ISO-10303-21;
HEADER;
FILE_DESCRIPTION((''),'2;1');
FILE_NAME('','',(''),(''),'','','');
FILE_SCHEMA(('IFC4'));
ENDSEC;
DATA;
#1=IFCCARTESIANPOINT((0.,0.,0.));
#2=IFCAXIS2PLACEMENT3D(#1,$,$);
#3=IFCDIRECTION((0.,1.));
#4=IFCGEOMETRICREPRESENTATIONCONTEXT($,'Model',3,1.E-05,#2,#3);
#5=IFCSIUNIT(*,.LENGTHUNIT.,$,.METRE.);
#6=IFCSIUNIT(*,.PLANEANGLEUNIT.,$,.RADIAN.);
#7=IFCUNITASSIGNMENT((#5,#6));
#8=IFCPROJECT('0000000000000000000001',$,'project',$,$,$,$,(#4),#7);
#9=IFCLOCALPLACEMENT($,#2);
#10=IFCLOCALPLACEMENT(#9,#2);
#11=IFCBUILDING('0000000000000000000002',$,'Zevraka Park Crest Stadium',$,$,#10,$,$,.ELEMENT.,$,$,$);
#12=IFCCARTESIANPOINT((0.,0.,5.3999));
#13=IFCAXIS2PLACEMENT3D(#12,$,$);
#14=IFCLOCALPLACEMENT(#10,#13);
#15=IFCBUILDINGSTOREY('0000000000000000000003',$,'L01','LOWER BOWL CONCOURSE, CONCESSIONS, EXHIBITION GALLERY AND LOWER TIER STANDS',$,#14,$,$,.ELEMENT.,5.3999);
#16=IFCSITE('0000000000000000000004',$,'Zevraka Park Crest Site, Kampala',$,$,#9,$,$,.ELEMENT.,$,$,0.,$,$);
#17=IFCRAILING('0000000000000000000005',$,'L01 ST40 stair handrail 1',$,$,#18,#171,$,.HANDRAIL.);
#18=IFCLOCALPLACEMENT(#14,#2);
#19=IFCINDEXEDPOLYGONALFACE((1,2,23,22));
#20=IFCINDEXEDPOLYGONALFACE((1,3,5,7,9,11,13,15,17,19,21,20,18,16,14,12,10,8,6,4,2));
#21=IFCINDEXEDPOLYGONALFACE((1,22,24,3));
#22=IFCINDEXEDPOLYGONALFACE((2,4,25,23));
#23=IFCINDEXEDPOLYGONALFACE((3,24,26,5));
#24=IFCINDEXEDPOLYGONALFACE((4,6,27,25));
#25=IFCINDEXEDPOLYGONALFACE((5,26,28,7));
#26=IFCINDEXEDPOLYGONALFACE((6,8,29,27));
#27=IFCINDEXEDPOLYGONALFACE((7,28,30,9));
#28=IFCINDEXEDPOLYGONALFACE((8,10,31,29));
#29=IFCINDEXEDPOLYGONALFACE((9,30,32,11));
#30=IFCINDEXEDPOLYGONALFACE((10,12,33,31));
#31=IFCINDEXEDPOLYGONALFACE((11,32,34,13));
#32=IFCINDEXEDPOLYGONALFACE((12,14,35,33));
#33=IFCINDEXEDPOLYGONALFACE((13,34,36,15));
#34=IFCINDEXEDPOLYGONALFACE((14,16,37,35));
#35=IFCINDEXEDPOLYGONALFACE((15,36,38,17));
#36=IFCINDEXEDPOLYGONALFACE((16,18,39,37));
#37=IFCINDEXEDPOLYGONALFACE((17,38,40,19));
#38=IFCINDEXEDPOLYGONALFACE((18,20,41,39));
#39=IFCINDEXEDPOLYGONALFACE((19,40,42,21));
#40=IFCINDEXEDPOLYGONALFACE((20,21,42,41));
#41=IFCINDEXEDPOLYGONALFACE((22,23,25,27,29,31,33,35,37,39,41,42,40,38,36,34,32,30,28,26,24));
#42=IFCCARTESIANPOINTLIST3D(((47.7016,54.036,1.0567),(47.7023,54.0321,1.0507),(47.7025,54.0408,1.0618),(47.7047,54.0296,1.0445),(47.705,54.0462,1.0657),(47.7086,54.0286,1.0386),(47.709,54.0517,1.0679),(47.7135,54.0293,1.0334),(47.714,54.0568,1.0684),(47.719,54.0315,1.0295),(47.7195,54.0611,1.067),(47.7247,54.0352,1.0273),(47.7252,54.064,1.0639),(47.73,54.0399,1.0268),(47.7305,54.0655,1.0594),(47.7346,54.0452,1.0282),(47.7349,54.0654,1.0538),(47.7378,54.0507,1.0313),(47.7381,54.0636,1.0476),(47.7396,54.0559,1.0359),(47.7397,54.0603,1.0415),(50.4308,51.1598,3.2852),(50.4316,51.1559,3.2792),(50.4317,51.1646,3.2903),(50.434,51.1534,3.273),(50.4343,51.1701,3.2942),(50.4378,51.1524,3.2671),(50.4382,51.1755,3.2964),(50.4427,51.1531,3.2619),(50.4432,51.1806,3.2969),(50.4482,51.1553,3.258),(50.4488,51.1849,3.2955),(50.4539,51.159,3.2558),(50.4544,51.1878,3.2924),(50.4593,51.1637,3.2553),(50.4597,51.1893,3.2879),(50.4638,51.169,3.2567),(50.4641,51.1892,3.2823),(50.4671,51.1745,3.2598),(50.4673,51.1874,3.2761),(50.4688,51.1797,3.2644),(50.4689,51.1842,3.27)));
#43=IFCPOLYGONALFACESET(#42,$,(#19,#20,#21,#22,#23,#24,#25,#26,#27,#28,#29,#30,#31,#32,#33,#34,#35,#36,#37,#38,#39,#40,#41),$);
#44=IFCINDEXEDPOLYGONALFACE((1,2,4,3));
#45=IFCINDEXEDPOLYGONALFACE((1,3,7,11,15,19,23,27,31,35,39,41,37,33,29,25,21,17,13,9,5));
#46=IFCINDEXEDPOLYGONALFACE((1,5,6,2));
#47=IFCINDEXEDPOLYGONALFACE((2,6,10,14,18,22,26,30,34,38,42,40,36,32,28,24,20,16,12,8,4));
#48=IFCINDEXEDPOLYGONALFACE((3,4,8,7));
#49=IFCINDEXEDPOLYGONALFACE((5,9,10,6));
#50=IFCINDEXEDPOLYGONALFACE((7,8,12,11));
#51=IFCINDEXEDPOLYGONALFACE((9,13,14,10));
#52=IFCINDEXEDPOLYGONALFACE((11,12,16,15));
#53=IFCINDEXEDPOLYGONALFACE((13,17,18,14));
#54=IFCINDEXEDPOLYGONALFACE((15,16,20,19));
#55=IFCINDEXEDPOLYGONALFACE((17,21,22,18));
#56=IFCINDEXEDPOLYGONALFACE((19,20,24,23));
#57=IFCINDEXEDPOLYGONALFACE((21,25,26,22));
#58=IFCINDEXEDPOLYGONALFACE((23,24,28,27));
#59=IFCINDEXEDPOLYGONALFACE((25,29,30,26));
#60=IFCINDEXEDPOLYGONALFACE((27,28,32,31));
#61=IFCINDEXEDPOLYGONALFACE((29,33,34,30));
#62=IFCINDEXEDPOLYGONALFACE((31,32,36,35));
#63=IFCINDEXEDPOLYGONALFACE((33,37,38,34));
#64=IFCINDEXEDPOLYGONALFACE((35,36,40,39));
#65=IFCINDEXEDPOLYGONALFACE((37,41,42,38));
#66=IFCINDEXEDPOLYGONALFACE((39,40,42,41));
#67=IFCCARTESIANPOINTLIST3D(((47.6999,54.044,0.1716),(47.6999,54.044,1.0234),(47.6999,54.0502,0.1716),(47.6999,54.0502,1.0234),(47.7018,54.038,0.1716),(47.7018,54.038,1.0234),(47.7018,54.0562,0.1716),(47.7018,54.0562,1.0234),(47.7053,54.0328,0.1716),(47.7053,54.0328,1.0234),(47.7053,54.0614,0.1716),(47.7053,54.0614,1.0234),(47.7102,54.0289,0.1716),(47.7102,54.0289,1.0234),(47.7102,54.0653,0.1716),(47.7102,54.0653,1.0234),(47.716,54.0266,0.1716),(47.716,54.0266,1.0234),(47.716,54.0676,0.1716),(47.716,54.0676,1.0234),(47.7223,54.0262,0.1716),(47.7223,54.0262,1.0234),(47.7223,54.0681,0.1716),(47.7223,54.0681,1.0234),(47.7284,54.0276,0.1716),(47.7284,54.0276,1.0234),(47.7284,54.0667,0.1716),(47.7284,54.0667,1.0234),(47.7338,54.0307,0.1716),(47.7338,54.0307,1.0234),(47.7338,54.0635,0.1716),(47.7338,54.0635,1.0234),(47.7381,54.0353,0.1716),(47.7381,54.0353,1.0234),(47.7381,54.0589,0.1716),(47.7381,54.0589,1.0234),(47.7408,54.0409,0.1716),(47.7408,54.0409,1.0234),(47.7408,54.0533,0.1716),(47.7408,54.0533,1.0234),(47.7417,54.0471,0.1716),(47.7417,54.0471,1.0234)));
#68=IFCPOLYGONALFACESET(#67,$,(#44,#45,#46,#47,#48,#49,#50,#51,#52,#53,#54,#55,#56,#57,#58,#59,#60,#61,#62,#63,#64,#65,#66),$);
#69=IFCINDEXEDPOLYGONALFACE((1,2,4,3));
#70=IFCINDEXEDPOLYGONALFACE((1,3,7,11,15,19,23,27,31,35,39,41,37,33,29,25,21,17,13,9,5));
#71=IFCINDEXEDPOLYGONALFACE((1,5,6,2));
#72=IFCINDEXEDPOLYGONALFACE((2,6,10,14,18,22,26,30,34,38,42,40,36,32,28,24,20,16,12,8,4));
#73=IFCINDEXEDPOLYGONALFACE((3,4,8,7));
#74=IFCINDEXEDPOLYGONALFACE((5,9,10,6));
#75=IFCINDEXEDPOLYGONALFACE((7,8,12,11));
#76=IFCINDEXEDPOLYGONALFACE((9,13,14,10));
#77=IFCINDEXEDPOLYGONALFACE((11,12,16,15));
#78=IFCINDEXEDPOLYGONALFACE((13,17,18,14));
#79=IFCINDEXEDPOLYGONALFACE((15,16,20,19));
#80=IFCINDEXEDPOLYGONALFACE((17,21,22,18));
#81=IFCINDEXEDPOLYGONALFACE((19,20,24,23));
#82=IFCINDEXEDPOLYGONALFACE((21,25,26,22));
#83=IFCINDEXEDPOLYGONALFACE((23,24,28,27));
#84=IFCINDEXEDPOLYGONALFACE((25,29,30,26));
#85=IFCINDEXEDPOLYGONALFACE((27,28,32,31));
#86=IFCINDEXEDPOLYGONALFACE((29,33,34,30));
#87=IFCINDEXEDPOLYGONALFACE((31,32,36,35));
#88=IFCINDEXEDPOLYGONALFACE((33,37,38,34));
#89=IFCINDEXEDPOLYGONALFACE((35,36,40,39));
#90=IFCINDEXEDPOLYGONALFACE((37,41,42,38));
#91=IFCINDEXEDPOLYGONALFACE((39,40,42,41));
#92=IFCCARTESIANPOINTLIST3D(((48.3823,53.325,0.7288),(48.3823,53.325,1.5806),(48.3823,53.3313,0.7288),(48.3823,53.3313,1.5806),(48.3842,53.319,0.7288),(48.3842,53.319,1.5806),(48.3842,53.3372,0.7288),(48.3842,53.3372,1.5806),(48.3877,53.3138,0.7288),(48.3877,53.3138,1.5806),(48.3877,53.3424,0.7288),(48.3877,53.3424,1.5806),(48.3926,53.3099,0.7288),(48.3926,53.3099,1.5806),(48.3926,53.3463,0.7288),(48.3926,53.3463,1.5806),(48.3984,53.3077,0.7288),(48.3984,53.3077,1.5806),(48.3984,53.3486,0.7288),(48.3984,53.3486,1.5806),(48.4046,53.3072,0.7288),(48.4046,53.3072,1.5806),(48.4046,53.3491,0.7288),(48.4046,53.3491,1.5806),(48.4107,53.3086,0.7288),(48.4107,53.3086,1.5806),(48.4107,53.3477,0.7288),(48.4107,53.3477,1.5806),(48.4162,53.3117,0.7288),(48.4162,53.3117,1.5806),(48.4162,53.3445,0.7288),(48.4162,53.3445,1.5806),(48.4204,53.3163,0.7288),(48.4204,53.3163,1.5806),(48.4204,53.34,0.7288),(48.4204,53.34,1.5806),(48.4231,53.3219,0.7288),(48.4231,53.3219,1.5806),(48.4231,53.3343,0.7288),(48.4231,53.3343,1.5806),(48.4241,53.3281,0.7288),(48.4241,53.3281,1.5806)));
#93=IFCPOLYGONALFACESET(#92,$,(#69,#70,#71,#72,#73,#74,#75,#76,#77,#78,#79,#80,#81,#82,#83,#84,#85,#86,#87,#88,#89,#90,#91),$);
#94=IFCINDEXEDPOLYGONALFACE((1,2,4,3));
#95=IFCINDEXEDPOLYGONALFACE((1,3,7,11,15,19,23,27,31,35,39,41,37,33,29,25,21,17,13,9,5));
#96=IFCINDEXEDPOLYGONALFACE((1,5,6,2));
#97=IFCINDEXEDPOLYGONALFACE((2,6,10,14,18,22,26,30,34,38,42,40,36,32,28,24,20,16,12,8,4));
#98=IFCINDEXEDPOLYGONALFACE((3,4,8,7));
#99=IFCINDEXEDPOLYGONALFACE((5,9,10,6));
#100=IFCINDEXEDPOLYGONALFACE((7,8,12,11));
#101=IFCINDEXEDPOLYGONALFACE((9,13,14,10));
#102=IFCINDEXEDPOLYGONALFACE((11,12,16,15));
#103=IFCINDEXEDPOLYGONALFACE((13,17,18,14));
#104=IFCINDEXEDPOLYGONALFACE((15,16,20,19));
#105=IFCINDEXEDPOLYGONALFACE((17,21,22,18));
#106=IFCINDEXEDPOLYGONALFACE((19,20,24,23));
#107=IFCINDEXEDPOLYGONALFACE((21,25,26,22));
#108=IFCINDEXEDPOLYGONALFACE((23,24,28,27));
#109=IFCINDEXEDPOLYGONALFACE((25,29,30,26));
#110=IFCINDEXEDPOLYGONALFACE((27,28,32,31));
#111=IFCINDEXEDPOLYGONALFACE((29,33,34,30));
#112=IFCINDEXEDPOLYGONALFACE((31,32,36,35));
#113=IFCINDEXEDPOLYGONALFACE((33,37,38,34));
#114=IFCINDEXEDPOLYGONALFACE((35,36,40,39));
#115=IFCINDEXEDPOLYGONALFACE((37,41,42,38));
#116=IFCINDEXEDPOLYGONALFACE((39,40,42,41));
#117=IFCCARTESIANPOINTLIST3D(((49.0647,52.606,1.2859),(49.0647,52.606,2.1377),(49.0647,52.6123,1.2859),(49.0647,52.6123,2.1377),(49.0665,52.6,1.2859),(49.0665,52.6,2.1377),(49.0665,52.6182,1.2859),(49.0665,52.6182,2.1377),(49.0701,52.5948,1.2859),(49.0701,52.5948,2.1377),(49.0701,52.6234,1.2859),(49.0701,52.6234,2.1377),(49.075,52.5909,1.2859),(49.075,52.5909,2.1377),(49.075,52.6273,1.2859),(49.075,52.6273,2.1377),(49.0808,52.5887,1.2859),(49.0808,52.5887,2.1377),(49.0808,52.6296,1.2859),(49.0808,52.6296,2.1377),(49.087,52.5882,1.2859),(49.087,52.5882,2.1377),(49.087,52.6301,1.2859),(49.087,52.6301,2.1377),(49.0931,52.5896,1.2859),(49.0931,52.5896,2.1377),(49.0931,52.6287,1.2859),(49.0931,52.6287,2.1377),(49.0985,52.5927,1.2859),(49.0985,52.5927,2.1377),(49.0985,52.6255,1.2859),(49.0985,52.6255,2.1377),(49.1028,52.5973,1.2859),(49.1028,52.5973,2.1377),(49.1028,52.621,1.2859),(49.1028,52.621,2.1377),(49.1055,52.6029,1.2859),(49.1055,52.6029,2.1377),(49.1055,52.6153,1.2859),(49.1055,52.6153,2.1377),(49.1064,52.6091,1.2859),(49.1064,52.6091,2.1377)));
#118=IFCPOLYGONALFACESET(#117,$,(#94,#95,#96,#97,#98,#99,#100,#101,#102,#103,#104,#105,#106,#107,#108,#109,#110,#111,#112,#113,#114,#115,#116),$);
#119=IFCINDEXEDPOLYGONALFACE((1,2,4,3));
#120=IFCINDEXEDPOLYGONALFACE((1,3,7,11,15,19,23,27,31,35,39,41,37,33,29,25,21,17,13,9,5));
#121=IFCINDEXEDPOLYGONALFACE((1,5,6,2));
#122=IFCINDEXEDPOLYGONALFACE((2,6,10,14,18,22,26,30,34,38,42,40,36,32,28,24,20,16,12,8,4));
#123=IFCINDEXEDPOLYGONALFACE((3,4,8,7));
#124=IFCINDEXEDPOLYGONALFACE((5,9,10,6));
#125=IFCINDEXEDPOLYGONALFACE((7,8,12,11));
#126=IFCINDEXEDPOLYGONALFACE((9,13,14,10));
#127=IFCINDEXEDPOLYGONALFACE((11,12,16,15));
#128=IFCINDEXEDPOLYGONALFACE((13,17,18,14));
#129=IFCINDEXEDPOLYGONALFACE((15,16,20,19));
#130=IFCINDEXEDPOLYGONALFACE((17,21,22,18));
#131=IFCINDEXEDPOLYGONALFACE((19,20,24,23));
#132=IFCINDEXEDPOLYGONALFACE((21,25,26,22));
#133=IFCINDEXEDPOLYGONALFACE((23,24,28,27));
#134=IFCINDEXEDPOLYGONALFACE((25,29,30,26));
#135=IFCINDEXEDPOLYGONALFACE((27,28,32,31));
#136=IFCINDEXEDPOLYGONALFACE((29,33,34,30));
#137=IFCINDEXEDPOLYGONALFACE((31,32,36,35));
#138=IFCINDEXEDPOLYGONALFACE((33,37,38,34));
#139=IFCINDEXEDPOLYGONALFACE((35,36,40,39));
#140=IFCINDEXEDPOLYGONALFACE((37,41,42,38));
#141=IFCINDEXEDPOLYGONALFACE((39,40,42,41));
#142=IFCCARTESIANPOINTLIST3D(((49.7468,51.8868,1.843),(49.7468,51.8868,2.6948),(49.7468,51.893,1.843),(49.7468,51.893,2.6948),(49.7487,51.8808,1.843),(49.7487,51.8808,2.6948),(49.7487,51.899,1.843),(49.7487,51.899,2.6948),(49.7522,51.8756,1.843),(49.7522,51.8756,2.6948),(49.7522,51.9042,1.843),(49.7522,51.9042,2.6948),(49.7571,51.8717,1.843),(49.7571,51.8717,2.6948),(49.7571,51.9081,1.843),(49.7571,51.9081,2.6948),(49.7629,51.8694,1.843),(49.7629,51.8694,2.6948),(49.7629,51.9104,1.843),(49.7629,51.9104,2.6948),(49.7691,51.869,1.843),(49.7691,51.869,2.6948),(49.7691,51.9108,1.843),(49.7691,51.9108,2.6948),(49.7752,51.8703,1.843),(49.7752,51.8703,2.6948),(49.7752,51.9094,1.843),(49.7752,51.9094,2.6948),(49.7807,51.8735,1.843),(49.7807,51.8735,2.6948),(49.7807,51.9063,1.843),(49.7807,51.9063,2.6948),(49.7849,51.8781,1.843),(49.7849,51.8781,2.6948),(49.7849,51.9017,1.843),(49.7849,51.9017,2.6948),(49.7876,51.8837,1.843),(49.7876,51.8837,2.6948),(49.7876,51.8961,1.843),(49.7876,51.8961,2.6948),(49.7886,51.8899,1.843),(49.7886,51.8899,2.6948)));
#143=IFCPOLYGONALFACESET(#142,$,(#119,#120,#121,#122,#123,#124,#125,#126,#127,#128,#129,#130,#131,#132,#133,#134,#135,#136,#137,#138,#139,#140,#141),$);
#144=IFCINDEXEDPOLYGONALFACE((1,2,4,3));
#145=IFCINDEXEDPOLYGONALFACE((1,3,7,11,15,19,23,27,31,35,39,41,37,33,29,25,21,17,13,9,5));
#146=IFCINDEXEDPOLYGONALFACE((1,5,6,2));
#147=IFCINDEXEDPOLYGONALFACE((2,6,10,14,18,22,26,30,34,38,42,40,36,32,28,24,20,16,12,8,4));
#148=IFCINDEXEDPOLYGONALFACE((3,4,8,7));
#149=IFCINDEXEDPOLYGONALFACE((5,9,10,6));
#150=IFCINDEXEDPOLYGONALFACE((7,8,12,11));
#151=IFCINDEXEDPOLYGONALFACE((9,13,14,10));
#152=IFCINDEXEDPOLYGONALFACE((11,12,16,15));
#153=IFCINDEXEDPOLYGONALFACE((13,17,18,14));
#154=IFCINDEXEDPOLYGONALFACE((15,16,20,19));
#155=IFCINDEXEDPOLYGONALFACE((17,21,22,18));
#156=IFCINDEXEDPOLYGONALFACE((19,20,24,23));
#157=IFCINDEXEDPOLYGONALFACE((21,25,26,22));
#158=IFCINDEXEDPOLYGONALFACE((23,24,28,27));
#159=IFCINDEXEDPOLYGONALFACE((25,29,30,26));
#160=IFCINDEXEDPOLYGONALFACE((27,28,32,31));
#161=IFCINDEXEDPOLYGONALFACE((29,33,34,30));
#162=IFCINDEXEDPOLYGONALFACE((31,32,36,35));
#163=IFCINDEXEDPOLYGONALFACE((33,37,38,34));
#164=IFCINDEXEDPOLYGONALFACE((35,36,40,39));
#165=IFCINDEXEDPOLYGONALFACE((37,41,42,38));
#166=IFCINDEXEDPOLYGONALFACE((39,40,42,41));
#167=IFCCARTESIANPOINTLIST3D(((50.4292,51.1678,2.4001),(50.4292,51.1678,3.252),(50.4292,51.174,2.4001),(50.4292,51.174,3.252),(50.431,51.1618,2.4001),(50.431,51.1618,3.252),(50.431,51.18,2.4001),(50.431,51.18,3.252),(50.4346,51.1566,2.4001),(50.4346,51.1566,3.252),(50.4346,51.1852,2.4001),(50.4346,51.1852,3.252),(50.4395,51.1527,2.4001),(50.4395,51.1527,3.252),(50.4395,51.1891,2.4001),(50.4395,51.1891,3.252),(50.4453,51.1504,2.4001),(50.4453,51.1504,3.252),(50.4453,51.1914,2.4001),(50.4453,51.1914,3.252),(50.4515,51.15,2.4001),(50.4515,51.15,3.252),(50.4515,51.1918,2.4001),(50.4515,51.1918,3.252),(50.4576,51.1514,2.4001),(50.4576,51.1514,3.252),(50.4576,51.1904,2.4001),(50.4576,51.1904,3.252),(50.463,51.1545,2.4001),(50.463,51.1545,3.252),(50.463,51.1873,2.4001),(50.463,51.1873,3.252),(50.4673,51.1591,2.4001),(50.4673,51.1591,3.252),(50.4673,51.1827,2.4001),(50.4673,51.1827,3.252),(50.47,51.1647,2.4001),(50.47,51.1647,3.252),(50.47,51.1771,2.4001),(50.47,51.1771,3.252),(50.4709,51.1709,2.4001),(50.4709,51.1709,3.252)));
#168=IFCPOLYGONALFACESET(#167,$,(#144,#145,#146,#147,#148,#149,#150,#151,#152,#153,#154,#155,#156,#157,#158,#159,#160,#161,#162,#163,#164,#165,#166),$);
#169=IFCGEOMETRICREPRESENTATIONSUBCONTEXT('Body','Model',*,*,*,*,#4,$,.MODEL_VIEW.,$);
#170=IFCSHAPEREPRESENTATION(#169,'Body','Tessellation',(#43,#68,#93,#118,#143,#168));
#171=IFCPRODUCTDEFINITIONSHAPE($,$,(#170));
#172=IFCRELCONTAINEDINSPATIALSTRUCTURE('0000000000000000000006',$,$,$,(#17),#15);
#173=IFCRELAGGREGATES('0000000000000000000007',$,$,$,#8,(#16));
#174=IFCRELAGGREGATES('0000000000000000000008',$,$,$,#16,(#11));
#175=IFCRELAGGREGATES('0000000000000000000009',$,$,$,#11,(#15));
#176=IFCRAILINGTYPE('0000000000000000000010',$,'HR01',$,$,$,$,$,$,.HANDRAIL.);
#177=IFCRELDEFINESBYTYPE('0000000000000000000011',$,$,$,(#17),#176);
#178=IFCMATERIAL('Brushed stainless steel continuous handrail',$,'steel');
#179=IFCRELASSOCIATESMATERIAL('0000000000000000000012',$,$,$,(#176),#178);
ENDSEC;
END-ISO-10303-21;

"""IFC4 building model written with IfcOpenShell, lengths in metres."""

from ifc_helpers import new_model, si_unit, direction, frame, origin, origin_2d, place, context, subcontext, project, spatial, circle, extrude, material, type_object, element, save


model = new_model("IFC4")

# Units and contexts
model_context = context("Model", 3, precision=1e-05, world=origin(), true_north=direction((0.0, 1.0)))
body_context = subcontext(model_context, "Body", "Model", "MODEL_VIEW")
ifc_project = project(units=[si_unit("LENGTHUNIT", "METRE"), si_unit("PLANEANGLEUNIT", "RADIAN")], contexts=[model_context])

# Site, building, storey
site_placement = place(None, origin())
site = spatial("IfcSite", under=ifc_project, at=site_placement, Name="Zevraka Park Crest Site, Kampala", CompositionType="ELEMENT", RefElevation=0.0)
building_placement = place(site_placement, origin())
building = spatial("IfcBuilding", under=site, at=building_placement, Name="Zevraka Park Crest Stadium", CompositionType="ELEMENT")
storey_placement = place(building_placement, frame((0.0, 0.0, 5.3999)))
storey = spatial("IfcBuildingStorey", under=building, at=storey_placement, Name="L01", Description="LOWER BOWL CONCOURSE, CONCESSIONS, EXHIBITION GALLERY AND LOWER TIER STANDS", CompositionType="ELEMENT", Elevation=5.3999)

# Railing
ifc_material_1 = material(Name="Brushed stainless steel continuous handrail", Category="steel")
railing_type_1 = type_object("IfcRailingType", Name="HR01", PredefinedType="HANDRAIL", material=ifc_material_1)
railing_1_placement = place(storey_placement, frame((47.7207, 54.0471, 0.1716)))
element("IfcRailing", 1, at=railing_1_placement, inside=storey, type_object=railing_type_1, Name="L01 ST40 stair handrail 1", PredefinedType="HANDRAIL", context=body_context, shape_type="SweptSolid", body=[
    extrude(circle(Radius=0.0239, at=origin_2d()), frame((0.0, 0.0, 0.876), z_axis=(0.600049, -0.632362, 0.489959), x_axis=(0.725397, 0.68833, 0.0)), (0.0, 0.0, 1.0), 4.5483),
    extrude(circle(Radius=0.021, at=origin_2d()), origin(), (0.0, 0.0, 1.0), 0.8518),
    extrude(circle(Radius=0.021, at=origin_2d()), frame((0.6824, -0.719, 0.5571)), (0.0, 0.0, 1.0), 0.8518),
    extrude(circle(Radius=0.021, at=origin_2d()), frame((1.3647, -1.438, 1.1143)), (0.0, 0.0, 1.0), 0.8518),
    extrude(circle(Radius=0.021, at=origin_2d()), frame((2.0469, -2.1572, 1.6714)), (0.0, 0.0, 1.0), 0.8518),
    extrude(circle(Radius=0.021, at=origin_2d()), frame((2.7292, -2.8762, 2.2285)), (0.0, 0.0, 1.0), 0.8518),
])

save(model, "model.ifc")
